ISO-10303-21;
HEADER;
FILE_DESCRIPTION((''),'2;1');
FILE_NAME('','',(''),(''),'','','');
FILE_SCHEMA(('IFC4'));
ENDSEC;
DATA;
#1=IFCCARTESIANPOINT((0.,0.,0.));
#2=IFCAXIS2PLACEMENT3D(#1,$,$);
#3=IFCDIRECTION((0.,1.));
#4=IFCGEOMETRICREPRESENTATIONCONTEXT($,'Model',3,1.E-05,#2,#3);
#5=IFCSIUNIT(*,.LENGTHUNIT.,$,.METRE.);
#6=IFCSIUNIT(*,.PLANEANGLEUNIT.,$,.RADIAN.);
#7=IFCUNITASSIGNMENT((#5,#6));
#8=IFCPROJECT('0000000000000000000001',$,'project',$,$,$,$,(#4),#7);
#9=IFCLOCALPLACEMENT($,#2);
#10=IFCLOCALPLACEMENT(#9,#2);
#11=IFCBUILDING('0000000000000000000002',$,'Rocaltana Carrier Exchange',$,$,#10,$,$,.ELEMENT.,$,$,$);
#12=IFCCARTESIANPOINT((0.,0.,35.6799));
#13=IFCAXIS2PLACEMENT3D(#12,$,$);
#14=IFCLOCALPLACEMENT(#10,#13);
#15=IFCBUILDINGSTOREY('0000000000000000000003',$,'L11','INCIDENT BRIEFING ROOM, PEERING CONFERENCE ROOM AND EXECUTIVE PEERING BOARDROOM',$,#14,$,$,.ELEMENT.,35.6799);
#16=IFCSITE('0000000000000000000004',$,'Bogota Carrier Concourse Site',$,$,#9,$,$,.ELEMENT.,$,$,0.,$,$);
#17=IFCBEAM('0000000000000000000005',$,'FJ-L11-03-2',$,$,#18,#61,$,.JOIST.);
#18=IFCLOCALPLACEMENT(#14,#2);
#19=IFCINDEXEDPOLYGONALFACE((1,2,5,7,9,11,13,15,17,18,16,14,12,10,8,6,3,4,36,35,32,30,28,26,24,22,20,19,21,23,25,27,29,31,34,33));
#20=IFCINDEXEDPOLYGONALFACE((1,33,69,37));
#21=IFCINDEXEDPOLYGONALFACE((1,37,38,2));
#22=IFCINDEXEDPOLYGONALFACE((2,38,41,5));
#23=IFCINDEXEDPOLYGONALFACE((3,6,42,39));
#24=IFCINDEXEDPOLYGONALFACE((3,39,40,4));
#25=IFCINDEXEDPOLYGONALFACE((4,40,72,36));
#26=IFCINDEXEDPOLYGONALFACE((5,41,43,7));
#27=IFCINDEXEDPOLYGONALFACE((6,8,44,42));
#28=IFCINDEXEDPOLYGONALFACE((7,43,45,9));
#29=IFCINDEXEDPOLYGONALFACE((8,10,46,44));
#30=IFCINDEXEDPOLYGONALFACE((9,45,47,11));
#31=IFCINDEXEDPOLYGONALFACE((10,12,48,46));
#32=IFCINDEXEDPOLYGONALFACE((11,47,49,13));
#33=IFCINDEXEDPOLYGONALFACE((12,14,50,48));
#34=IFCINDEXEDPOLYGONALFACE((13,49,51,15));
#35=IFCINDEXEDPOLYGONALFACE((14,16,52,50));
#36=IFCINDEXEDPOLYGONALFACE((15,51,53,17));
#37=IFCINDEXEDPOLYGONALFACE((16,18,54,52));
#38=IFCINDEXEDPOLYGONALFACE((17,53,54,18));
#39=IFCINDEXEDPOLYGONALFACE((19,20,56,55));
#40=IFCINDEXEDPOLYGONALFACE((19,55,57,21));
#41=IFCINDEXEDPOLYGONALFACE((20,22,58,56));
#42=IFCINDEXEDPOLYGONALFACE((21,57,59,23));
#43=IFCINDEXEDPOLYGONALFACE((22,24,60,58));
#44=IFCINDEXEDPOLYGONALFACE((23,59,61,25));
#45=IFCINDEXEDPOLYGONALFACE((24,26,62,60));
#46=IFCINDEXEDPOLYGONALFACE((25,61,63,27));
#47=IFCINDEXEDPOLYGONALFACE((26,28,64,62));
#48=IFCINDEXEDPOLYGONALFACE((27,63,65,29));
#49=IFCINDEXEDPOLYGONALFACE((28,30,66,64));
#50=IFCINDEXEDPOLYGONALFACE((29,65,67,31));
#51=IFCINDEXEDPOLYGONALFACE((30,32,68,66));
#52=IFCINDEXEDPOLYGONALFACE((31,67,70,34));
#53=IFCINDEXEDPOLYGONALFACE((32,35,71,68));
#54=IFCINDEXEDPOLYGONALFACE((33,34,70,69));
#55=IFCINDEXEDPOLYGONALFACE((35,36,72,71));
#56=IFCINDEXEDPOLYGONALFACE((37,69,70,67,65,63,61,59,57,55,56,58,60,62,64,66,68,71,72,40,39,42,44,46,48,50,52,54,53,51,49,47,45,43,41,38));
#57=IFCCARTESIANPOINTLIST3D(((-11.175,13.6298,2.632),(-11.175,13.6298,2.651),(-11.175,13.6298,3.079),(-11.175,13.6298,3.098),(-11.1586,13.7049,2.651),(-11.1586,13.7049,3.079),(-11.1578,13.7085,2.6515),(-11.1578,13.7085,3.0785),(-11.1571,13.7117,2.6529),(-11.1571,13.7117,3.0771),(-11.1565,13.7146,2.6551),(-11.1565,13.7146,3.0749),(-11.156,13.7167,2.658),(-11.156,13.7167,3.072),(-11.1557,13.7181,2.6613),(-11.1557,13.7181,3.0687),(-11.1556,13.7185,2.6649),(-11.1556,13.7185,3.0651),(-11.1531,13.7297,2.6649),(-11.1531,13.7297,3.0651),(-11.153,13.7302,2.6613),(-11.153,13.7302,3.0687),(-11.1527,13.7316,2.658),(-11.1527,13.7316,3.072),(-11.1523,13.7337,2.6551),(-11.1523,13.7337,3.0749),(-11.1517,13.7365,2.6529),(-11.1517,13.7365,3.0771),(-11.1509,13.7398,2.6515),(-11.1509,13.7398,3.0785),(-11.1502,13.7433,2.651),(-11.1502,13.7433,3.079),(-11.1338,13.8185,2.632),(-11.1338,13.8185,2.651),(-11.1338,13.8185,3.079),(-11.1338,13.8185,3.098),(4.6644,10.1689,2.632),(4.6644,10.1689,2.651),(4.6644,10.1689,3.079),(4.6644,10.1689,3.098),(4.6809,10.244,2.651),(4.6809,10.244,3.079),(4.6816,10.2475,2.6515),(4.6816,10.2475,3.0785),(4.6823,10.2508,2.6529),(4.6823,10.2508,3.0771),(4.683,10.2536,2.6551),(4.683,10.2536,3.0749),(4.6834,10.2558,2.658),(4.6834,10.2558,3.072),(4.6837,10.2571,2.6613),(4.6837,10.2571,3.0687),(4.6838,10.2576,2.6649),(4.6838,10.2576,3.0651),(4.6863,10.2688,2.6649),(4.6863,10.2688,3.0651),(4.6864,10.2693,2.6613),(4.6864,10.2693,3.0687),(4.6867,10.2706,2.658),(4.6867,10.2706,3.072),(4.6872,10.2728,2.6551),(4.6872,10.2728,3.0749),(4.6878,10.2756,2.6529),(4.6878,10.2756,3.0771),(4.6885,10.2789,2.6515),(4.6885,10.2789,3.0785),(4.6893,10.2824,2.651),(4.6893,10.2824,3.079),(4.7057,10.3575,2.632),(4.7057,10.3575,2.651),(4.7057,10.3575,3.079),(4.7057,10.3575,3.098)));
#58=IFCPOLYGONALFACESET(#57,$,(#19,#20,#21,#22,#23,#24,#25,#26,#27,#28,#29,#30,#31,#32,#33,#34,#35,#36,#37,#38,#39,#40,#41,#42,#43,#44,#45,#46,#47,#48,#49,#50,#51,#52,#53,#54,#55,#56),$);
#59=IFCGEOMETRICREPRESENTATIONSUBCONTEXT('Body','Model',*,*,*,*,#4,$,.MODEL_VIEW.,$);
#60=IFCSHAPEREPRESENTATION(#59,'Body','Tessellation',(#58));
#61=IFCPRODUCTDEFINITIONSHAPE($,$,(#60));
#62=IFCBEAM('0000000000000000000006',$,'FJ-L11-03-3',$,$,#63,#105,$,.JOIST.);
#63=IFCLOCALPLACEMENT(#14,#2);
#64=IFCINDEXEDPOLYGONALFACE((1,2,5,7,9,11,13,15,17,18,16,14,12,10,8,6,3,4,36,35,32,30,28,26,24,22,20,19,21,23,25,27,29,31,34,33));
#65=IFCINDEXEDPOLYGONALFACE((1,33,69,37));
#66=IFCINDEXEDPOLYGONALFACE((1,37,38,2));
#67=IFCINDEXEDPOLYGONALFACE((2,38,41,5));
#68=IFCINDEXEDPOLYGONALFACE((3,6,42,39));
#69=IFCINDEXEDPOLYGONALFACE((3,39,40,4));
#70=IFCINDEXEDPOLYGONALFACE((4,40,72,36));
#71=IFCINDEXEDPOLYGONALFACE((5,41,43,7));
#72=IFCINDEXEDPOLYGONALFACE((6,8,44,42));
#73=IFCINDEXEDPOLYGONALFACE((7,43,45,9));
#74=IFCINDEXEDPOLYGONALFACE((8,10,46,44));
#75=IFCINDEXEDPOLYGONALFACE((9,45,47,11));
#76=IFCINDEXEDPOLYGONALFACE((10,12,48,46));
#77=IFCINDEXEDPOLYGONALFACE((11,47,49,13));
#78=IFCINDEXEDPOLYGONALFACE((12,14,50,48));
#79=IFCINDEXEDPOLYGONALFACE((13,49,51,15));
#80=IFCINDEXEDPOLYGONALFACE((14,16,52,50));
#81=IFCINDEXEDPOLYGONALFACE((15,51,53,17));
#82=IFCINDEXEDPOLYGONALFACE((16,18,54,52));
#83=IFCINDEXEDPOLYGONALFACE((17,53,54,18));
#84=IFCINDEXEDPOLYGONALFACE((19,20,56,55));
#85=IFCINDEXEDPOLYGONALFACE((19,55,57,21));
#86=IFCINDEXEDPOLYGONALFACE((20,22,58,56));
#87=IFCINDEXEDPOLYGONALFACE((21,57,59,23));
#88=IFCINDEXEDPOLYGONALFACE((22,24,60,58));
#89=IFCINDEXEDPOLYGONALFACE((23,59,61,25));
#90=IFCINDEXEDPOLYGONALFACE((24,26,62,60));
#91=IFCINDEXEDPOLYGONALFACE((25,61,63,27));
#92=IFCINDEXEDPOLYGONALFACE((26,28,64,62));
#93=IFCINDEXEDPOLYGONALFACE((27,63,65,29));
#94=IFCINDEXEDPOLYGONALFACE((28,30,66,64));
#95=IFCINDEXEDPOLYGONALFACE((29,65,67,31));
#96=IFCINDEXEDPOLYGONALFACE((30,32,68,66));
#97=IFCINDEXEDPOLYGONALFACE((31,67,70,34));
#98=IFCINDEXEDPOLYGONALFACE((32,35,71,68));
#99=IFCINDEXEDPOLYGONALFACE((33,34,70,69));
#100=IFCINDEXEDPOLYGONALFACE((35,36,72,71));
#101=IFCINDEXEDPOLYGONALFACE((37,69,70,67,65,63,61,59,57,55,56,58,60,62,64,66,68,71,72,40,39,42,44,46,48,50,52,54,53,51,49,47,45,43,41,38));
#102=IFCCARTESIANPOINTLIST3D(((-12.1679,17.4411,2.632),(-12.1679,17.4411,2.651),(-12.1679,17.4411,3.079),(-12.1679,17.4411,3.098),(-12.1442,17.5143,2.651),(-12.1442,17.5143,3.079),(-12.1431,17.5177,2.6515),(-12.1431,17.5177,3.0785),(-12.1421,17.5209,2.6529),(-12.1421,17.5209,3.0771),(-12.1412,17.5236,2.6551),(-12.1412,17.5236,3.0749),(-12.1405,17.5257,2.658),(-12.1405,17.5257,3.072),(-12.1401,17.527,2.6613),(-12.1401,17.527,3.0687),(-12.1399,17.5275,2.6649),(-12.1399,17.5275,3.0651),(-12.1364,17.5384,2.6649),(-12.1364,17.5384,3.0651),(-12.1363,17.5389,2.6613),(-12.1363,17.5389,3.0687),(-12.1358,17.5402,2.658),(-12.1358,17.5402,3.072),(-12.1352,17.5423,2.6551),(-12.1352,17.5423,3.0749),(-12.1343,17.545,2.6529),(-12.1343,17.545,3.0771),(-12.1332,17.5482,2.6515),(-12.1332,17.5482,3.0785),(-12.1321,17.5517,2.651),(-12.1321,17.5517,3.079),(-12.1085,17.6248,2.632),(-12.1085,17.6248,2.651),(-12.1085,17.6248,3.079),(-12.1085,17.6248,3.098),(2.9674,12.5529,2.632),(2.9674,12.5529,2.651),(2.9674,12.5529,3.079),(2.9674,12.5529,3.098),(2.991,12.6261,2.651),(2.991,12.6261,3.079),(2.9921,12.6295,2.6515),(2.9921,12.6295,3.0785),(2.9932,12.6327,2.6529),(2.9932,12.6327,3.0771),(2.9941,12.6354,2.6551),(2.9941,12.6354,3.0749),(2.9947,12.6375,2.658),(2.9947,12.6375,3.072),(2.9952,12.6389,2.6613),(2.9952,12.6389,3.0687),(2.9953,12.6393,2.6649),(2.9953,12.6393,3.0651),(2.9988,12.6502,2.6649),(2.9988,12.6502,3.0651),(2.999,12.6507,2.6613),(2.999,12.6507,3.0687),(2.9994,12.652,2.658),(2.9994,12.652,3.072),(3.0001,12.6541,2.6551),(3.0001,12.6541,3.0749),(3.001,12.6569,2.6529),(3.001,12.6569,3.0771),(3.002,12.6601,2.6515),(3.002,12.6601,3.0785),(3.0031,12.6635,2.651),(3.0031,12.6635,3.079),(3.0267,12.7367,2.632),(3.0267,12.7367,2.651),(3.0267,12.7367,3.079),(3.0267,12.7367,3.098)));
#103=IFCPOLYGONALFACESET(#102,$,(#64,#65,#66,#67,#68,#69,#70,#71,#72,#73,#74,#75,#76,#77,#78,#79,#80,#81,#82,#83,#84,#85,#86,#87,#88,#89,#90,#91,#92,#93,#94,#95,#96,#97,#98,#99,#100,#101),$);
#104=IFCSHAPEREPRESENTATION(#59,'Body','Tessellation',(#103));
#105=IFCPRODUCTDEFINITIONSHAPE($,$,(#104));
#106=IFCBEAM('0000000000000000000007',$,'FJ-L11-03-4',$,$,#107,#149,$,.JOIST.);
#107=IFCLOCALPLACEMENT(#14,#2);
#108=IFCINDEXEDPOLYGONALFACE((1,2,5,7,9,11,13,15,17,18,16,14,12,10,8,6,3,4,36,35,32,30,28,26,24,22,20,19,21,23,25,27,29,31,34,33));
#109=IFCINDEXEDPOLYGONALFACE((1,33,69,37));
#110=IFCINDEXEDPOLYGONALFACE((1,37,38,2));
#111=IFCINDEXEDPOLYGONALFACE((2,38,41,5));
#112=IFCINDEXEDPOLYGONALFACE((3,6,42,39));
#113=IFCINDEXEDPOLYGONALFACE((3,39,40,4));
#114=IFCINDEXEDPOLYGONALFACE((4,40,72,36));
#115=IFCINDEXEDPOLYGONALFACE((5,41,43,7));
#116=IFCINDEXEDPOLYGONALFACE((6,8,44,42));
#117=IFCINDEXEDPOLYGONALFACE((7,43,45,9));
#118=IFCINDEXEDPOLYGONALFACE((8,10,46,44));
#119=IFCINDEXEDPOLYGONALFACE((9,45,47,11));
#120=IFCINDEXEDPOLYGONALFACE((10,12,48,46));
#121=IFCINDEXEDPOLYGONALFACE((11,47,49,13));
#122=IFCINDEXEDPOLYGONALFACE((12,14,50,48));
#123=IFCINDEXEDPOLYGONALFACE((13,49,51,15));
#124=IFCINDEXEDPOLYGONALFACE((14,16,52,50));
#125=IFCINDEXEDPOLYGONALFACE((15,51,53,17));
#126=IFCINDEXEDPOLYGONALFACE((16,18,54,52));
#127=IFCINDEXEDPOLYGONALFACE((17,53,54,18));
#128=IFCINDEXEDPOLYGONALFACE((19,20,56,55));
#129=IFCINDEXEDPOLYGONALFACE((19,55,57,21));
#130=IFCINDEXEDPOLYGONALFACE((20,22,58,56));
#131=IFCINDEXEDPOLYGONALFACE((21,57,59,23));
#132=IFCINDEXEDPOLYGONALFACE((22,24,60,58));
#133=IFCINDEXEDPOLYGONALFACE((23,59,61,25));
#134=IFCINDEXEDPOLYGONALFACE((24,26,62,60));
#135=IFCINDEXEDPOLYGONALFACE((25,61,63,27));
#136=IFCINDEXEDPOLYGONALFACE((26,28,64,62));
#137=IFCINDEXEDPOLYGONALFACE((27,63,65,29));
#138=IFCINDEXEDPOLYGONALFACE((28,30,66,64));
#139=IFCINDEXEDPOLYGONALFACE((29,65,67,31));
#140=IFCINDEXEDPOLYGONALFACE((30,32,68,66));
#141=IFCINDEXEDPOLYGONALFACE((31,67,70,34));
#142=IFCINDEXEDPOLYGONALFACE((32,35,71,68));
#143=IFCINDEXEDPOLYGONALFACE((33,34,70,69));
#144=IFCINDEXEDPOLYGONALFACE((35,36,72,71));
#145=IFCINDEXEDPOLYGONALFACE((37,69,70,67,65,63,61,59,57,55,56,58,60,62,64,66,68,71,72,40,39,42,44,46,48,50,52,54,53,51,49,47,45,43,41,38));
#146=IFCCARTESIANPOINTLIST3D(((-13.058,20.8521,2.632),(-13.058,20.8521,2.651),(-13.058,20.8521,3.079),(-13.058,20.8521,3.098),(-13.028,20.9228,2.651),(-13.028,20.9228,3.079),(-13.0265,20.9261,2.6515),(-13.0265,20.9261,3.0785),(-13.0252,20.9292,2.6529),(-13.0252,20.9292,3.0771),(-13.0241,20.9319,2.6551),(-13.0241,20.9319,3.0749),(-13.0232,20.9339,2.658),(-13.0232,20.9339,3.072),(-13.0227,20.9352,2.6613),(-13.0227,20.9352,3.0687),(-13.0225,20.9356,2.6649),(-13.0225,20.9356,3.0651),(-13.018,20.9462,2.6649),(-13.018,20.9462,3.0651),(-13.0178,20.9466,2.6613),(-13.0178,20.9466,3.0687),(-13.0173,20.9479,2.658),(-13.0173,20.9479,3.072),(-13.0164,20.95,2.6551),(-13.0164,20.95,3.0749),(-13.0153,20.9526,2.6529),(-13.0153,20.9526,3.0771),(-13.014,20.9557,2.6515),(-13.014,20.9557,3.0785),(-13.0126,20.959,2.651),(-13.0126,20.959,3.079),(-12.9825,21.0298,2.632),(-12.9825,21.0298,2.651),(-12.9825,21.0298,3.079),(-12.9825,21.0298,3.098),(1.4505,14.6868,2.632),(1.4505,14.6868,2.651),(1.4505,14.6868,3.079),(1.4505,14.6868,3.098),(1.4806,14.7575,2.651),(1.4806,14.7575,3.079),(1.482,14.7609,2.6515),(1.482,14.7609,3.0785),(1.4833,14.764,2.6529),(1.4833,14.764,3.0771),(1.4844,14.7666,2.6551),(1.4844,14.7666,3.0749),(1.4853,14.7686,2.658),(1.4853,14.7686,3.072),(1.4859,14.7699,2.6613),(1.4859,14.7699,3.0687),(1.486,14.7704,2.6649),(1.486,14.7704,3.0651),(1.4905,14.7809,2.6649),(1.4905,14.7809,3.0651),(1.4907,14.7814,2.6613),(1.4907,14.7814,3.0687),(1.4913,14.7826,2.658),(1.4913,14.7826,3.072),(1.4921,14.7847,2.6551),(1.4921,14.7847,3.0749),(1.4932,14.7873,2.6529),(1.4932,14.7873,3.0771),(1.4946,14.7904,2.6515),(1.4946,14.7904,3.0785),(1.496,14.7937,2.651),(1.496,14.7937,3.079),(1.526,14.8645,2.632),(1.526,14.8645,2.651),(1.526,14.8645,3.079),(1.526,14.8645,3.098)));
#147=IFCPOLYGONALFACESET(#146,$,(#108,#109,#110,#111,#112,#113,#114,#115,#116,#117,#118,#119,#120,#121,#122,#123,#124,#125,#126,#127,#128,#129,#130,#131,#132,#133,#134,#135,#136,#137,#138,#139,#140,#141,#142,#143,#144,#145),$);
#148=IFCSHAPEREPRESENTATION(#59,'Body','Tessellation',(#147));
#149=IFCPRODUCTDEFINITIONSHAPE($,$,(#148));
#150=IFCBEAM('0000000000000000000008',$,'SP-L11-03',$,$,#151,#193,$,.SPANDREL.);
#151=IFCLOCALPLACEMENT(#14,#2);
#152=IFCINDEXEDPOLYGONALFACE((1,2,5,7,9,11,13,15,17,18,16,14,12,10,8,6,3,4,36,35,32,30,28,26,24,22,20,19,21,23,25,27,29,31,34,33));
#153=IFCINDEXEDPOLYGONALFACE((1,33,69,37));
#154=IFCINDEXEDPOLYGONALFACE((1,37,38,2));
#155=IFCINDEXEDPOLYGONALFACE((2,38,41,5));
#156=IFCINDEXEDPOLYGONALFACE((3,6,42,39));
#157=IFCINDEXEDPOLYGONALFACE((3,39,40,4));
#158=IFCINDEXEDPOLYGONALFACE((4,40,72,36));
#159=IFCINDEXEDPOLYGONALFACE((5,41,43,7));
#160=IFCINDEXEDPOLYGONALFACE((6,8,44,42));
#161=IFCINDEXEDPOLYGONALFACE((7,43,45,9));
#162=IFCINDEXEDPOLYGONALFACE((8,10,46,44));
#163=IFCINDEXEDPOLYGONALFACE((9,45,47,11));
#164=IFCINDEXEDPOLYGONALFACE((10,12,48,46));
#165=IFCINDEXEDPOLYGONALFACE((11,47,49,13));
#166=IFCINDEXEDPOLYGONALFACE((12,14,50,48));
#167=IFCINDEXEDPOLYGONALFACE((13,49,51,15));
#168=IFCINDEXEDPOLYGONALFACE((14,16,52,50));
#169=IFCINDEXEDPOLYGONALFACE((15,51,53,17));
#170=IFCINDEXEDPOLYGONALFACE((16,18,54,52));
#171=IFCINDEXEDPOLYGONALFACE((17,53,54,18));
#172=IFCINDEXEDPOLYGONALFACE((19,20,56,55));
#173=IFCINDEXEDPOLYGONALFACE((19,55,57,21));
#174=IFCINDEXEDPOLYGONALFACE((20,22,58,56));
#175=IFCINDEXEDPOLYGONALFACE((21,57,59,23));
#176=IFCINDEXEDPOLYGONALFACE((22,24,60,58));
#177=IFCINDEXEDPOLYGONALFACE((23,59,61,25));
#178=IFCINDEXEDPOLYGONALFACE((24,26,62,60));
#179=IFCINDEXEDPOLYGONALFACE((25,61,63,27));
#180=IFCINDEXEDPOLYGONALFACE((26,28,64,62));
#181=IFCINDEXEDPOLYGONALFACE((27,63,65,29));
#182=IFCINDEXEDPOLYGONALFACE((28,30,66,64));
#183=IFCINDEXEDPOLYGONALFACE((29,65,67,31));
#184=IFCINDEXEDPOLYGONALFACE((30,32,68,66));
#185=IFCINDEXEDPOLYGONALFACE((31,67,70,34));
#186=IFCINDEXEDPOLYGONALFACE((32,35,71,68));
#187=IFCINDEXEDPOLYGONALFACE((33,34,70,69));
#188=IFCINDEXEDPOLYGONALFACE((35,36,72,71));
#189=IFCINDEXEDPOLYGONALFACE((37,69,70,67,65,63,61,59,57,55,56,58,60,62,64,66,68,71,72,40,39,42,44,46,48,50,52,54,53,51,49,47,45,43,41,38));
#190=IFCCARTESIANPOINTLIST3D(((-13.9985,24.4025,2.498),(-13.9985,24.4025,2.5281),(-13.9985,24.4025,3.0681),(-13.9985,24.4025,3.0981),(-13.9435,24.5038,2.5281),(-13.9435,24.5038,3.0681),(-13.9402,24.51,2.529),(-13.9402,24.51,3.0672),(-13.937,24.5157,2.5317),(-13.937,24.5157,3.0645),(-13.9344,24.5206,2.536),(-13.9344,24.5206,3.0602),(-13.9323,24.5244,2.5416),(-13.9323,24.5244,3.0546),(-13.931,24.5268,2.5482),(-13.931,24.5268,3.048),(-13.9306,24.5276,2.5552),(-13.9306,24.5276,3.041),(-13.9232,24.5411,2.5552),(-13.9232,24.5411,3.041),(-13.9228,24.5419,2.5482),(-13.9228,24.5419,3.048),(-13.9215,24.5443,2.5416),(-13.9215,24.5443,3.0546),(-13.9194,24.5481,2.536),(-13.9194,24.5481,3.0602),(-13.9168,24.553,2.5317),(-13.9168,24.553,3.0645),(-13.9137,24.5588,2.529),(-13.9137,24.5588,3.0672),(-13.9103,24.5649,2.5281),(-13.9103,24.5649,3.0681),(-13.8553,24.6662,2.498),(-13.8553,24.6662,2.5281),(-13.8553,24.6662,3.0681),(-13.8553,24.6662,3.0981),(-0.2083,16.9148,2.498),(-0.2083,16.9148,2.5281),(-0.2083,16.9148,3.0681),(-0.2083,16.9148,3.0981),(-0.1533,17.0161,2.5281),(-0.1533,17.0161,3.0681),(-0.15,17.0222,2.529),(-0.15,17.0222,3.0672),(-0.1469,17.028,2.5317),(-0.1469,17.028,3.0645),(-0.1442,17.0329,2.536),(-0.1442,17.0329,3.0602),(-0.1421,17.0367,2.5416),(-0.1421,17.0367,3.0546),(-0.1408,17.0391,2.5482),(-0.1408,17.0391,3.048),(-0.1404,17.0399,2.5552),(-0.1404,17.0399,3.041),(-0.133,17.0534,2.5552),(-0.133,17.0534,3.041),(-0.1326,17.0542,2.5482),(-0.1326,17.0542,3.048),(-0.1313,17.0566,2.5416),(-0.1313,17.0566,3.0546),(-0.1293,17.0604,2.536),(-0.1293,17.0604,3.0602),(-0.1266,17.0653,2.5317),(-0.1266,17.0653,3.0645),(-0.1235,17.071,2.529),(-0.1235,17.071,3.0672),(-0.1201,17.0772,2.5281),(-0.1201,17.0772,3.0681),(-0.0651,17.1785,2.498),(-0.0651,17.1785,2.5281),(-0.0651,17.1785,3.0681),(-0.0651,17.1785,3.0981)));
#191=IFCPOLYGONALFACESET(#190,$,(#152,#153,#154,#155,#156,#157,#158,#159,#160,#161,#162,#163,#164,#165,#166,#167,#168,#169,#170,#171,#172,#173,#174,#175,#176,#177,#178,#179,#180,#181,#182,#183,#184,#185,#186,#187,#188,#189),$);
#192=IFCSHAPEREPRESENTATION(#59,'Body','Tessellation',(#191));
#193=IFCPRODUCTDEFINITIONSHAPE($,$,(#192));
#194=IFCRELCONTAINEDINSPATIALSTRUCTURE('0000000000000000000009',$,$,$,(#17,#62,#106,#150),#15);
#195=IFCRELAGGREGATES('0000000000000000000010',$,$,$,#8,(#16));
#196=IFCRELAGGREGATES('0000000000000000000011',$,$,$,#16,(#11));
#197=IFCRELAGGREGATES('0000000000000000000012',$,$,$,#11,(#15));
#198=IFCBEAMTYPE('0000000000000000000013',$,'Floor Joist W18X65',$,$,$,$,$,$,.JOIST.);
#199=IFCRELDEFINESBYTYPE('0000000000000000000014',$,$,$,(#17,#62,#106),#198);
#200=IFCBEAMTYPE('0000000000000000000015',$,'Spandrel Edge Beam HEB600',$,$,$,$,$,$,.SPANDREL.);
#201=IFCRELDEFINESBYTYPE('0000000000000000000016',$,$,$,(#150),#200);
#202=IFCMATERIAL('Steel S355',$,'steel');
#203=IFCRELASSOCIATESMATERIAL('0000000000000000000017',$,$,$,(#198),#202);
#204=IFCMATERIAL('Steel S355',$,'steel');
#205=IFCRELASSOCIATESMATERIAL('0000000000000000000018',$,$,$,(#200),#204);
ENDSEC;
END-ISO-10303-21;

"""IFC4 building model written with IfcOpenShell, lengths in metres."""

from ifc_helpers import new_model, si_unit, direction, frame, origin, origin_2d, place, context, subcontext, project, spatial, i_section, extrude, material, material_profile, profile_set, type_object, element, save


model = new_model("IFC4")

# Units and contexts
model_context = context("Model", 3, precision=1e-05, world=origin(), true_north=direction((0.0, 1.0)))
body_context = subcontext(model_context, "Body", "Model", "MODEL_VIEW")
ifc_project = project(units=[si_unit("LENGTHUNIT", "METRE"), si_unit("PLANEANGLEUNIT", "RADIAN")], contexts=[model_context])

# Site, building, storey
site_placement = place(None, origin())
site = spatial("IfcSite", under=ifc_project, at=site_placement, Name="Bogota Carrier Concourse Site", CompositionType="ELEMENT", RefElevation=0.0)
building_placement = place(site_placement, origin())
building = spatial("IfcBuilding", under=site, at=building_placement, Name="Rocaltana Carrier Exchange", CompositionType="ELEMENT")
storey_placement = place(building_placement, frame((0.0, 0.0, 35.6799)))
storey = spatial("IfcBuildingStorey", under=building, at=storey_placement, Name="L11", Description="INCIDENT BRIEFING ROOM, PEERING CONFERENCE ROOM AND EXECUTIVE PEERING BOARDROOM", CompositionType="ELEMENT", Elevation=35.6799)

# Beams
ifc_material_1 = material(Name="Steel S355", Category="steel")
ifc_material_profile_1 = material_profile(ifc_material_1, i_section(OverallWidth=0.1931, OverallDepth=0.4661, WebThickness=0.0115, FlangeThickness=0.019, FilletRadius=0.0139, at=origin_2d()), Name="W18X65")
ifc_profile_set_1 = profile_set([ifc_material_profile_1], Name="Steel S355")
beam_type_1 = type_object("IfcBeamType", Name="Floor Joist W18X65", PredefinedType="JOIST", material=ifc_profile_set_1)
beam_1_placement = place(storey_placement, frame((4.6851, 10.2632, 2.865), z_axis=(-0.97695, 0.213466, 0.0), x_axis=(-0.213466, -0.97695, 0.0)))
element("IfcBeam", 1, at=beam_1_placement, inside=storey, type_object=beam_type_1, Name="FJ-L11-03-2", PredefinedType="JOIST", context=body_context, shape_type="SweptSolid", body=[
    extrude(i_section(OverallWidth=0.1931, OverallDepth=0.4661, WebThickness=0.0115, FlangeThickness=0.019, FilletRadius=0.0139, at=origin_2d()), origin(), (0.0, 0.0, 1.0), 16.2131),
])
beam_2_placement = place(storey_placement, frame((2.9971, 12.6448, 2.865), z_axis=(-0.951601, 0.307336, 0.0), x_axis=(-0.307336, -0.951601, 0.0)))
element("IfcBeam", 2, at=beam_2_placement, inside=storey, type_object=beam_type_1, Name="FJ-L11-03-3", PredefinedType="JOIST", context=body_context, shape_type="SweptSolid", body=[
    extrude(i_section(OverallWidth=0.1931, OverallDepth=0.4661, WebThickness=0.0115, FlangeThickness=0.019, FilletRadius=0.0139, at=origin_2d()), origin(), (0.0, 0.0, 1.0), 15.905),
])
beam_3_placement = place(storey_placement, frame((1.4883, 14.7756, 2.865), z_axis=(-0.92035, 0.391095, 0.0), x_axis=(-0.391095, -0.92035, 0.0)))
element("IfcBeam", 3, at=beam_3_placement, inside=storey, type_object=beam_type_1, Name="FJ-L11-03-4", PredefinedType="JOIST", context=body_context, shape_type="SweptSolid", body=[
    extrude(i_section(OverallWidth=0.1931, OverallDepth=0.4661, WebThickness=0.0115, FlangeThickness=0.019, FilletRadius=0.0139, at=origin_2d()), origin(), (0.0, 0.0, 1.0), 15.7642),
])
ifc_material_2 = material(Name="Steel S355", Category="steel")
ifc_material_profile_2 = material_profile(ifc_material_2, i_section(OverallWidth=0.3, OverallDepth=0.6001, WebThickness=0.0154, FlangeThickness=0.03, FilletRadius=0.0271, at=origin_2d()), Name="HEB600")
ifc_profile_set_2 = profile_set([ifc_material_profile_2], Name="Steel S355")
beam_type_2 = type_object("IfcBeamType", Name="Spandrel Edge Beam HEB600", PredefinedType="SPANDREL", material=ifc_profile_set_2)
beam_4_placement = place(storey_placement, frame((-0.1367, 17.0466, 2.7981), z_axis=(-0.87881, 0.477173, 0.0), x_axis=(-0.477173, -0.87881, 0.0)))
element("IfcBeam", 4, at=beam_4_placement, inside=storey, type_object=beam_type_2, Name="SP-L11-03", PredefinedType="SPANDREL", context=body_context, shape_type="SweptSolid", body=[
    extrude(i_section(OverallWidth=0.3, OverallDepth=0.6001, WebThickness=0.0154, FlangeThickness=0.03, FilletRadius=0.0271, at=origin_2d()), origin(), (0.0, 0.0, 1.0), 15.6919),
])

save(model, "model.ifc")
